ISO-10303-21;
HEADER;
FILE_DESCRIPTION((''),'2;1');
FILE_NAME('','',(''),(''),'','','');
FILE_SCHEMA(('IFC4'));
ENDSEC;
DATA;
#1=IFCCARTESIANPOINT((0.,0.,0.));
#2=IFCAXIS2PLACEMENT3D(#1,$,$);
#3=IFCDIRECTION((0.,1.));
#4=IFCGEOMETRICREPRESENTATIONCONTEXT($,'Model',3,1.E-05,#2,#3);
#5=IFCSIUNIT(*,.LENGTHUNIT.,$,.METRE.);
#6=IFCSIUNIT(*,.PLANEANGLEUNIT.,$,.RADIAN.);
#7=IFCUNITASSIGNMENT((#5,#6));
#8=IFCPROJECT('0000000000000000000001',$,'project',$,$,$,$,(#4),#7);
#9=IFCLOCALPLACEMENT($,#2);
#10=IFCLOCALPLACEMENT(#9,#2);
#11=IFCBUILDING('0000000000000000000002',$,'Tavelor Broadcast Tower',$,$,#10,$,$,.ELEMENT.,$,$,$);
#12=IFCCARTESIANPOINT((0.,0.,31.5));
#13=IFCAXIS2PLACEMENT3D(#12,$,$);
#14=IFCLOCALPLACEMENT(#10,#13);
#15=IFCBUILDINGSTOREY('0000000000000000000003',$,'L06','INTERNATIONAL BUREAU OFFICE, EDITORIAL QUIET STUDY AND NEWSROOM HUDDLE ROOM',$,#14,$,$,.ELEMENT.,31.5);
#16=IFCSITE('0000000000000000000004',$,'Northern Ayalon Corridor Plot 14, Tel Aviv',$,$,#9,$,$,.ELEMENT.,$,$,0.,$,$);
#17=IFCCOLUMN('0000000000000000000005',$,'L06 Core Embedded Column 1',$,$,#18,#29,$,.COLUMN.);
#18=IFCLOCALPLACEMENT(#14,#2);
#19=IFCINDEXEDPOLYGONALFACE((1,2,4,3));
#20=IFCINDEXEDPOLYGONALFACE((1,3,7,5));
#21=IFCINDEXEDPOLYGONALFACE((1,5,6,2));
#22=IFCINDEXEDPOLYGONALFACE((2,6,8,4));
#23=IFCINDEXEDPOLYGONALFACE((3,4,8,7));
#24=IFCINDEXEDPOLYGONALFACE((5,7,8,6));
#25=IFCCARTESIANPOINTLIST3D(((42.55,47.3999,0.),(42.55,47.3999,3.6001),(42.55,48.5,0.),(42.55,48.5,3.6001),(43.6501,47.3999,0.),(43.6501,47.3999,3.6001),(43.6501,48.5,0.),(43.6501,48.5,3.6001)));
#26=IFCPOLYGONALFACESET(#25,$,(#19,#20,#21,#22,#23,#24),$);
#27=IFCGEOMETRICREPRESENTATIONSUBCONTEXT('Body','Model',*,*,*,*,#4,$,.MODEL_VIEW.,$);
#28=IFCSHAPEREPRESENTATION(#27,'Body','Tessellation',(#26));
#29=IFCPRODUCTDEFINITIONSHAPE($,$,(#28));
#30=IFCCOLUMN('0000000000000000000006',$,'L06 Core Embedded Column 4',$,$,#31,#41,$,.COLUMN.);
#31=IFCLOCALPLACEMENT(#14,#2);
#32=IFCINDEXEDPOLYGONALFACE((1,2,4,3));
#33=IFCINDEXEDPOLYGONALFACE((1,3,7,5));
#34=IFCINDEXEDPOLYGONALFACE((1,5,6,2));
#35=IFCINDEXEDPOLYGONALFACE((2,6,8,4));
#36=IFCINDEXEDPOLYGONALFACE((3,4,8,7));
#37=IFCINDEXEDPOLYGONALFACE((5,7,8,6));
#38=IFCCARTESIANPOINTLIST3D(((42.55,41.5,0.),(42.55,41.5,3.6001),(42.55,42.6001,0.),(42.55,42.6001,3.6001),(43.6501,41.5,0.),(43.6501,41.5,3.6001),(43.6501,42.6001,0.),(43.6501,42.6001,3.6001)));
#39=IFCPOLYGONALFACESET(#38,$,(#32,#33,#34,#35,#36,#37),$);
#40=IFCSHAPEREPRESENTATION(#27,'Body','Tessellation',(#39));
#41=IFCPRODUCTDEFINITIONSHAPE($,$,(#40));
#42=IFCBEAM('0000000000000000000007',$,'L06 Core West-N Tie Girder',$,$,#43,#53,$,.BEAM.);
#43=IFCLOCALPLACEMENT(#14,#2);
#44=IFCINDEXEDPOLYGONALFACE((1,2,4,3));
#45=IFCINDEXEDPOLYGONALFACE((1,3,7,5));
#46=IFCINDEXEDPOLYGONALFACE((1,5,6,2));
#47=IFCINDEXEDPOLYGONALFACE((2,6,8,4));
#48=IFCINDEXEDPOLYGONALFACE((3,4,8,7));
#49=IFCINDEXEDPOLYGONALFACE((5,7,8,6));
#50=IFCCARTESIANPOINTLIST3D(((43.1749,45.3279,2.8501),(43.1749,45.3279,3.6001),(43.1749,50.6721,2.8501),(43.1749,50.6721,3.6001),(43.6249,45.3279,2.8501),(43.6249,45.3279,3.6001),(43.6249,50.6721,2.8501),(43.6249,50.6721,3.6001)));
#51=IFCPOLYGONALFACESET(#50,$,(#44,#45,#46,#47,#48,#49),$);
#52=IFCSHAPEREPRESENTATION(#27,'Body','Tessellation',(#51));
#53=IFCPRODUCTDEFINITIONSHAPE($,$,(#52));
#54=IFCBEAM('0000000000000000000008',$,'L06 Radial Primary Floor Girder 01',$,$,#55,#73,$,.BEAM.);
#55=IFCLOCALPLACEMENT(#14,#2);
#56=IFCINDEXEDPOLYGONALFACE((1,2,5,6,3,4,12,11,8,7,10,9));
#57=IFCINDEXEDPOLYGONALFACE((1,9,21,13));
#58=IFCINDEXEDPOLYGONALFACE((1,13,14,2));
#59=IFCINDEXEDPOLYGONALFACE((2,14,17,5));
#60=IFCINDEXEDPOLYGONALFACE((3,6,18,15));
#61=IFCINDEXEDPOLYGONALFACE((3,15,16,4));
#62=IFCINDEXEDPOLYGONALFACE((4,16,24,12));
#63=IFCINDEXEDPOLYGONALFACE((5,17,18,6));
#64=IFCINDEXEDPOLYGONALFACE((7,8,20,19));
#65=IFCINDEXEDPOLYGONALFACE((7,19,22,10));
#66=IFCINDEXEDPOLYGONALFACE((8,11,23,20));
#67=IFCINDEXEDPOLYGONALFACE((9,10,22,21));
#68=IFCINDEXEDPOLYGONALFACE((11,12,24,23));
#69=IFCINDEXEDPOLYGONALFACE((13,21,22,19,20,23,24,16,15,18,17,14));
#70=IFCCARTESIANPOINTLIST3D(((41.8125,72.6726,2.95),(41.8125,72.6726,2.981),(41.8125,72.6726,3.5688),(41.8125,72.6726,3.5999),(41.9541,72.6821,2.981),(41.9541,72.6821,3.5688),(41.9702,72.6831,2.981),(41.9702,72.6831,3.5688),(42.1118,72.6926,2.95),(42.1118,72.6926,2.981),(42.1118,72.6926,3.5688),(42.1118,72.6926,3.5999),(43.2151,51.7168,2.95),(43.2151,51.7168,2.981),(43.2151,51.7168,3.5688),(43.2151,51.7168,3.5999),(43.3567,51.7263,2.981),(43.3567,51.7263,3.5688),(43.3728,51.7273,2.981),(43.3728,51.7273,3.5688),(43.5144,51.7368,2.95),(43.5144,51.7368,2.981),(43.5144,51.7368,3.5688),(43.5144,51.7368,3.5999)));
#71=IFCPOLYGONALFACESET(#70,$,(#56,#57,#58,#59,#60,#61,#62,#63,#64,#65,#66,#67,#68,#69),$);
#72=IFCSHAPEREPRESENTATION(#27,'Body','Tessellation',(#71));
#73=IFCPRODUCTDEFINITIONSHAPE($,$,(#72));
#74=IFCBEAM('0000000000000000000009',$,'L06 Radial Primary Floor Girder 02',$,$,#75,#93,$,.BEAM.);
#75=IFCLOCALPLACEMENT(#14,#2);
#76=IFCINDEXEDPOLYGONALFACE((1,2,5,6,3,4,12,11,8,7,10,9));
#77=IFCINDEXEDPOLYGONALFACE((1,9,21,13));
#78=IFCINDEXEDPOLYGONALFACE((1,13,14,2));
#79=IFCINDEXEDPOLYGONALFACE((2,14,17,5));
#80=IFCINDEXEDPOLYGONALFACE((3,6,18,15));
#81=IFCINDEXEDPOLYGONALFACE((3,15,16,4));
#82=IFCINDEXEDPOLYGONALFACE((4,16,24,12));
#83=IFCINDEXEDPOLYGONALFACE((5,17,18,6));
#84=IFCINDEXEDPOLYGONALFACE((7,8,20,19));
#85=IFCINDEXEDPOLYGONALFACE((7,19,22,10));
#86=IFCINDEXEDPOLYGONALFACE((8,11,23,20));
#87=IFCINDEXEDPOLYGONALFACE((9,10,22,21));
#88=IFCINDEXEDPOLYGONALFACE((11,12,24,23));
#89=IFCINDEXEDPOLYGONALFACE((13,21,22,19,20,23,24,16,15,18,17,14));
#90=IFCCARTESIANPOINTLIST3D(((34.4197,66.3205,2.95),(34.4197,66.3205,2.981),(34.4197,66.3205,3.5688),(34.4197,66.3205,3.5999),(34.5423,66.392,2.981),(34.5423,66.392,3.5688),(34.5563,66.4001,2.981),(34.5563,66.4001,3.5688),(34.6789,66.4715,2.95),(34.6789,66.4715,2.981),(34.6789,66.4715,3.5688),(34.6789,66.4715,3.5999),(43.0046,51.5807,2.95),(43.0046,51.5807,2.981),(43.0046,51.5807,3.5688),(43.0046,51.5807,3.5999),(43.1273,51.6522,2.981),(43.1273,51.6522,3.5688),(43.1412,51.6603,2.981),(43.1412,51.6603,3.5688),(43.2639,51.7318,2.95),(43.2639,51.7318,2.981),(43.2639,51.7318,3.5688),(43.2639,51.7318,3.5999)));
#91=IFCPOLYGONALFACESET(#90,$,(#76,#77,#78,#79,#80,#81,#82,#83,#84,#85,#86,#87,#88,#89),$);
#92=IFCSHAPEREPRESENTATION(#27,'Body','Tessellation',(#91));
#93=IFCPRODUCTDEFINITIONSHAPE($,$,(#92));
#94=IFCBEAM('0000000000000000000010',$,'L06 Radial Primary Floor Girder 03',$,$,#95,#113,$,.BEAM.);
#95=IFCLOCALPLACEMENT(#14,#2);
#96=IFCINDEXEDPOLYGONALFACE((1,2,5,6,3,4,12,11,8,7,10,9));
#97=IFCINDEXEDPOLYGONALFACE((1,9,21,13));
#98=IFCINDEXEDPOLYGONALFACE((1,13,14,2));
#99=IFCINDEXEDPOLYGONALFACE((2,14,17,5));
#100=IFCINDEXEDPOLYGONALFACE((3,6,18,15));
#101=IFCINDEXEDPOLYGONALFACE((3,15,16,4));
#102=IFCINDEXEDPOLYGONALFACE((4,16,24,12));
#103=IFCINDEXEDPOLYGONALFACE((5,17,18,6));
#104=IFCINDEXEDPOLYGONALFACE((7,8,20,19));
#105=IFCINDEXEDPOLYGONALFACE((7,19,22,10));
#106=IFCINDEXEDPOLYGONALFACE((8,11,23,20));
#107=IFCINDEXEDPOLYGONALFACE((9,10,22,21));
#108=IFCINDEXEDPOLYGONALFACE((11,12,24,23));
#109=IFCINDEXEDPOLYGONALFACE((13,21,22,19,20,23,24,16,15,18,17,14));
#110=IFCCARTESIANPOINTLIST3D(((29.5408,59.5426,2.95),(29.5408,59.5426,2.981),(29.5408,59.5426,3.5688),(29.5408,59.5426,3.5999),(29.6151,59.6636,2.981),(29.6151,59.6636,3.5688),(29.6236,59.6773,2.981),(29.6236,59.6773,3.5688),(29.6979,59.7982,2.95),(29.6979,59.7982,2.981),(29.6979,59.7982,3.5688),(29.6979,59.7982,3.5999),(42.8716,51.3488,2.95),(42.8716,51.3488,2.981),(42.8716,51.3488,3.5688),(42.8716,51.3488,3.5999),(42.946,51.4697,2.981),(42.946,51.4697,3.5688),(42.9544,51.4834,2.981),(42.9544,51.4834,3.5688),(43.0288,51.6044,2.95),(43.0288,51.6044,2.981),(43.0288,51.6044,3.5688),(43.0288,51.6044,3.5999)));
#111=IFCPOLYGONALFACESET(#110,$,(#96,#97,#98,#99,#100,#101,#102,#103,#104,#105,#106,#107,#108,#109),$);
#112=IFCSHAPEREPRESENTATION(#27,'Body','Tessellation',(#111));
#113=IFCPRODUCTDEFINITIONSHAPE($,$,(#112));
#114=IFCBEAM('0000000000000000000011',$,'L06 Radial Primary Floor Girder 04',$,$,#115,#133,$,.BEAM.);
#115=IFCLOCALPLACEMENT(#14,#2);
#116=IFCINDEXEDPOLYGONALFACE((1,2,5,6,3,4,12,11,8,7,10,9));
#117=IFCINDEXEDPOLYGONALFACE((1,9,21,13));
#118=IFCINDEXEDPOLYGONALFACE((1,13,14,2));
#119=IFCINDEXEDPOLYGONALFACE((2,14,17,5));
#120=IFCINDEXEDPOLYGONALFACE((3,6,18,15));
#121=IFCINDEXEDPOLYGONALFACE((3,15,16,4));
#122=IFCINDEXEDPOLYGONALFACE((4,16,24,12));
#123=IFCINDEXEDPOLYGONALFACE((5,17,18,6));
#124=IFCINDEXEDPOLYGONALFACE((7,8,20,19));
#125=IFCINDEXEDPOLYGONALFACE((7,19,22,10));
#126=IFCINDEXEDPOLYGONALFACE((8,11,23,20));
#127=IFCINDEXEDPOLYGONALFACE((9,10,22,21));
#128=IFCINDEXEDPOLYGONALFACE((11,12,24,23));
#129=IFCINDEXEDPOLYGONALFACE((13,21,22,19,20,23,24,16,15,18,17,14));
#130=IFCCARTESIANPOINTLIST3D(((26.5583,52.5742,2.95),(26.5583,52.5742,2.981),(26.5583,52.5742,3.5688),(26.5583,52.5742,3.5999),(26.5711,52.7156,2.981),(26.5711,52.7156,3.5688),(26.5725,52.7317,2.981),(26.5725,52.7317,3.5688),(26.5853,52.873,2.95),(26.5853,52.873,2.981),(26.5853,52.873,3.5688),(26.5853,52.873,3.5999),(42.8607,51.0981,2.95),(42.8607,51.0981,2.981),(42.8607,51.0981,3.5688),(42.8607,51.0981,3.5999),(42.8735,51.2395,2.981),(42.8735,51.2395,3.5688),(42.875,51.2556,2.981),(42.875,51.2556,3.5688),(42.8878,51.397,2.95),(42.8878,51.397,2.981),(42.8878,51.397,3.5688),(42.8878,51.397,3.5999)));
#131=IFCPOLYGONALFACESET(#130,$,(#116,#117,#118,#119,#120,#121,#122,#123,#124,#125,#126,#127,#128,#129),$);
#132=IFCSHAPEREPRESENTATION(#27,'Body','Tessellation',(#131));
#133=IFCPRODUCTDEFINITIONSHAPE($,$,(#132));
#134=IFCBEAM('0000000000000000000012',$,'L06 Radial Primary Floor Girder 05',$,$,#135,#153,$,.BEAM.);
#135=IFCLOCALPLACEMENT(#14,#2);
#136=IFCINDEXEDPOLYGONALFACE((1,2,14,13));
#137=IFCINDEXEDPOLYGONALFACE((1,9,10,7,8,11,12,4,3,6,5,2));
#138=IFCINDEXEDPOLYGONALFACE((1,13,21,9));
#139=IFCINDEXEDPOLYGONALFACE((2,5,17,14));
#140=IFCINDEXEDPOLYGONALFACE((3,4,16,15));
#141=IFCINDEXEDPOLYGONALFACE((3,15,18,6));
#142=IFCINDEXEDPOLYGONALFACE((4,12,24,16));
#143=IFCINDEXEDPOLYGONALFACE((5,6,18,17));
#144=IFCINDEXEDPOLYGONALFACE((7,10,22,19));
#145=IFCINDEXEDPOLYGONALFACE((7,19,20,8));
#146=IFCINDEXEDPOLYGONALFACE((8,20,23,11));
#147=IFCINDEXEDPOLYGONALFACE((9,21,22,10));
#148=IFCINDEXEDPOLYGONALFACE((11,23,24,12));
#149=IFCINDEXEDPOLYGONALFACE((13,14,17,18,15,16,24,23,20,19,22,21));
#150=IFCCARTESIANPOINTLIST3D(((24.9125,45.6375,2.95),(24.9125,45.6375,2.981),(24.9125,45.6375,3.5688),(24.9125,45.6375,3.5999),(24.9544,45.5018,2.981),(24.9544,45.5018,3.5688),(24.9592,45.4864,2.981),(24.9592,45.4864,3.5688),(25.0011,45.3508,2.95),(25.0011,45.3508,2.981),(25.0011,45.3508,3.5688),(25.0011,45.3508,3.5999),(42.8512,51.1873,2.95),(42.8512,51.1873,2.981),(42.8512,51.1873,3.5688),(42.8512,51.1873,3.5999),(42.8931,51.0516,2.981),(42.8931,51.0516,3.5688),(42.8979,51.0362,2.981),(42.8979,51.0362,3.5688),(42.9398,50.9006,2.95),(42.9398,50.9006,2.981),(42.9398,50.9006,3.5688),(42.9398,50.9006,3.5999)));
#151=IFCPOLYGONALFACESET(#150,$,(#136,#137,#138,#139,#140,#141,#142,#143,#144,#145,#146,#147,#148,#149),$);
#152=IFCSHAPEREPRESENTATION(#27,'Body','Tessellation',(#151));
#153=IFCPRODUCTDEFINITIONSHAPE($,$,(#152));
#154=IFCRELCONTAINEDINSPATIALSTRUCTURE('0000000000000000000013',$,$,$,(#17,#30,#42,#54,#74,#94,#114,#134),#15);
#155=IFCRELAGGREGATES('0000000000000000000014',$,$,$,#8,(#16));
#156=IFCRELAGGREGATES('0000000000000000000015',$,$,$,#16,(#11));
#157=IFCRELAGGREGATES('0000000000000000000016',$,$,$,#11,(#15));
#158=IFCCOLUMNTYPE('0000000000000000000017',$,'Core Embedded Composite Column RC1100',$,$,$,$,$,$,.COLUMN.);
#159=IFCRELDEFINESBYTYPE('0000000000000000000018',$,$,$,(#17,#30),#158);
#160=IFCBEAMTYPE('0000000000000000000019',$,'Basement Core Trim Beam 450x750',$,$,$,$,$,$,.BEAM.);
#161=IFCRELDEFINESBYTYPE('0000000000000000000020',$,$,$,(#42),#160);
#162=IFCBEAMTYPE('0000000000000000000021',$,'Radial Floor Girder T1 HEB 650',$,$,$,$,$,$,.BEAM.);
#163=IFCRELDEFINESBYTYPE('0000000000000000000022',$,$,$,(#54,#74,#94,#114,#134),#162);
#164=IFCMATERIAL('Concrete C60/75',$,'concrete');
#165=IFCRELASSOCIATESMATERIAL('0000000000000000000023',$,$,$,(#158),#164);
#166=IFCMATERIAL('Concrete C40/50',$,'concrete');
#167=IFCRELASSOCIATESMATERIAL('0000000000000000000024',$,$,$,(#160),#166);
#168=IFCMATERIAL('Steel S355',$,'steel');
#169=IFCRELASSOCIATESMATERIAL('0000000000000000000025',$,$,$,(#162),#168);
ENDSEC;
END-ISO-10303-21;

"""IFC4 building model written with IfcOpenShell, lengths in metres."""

from ifc_helpers import new_model, si_unit, direction, frame, origin, origin_2d, place, context, subcontext, project, spatial, rectangle, i_section, extrude, material, material_profile, profile_set, type_object, element, save


model = new_model("IFC4")

# Units and contexts
model_context = context("Model", 3, precision=1e-05, world=origin(), true_north=direction((0.0, 1.0)))
body_context = subcontext(model_context, "Body", "Model", "MODEL_VIEW")
ifc_project = project(units=[si_unit("LENGTHUNIT", "METRE"), si_unit("PLANEANGLEUNIT", "RADIAN")], contexts=[model_context])

# Site, building, storey
site_placement = place(None, origin())
site = spatial("IfcSite", under=ifc_project, at=site_placement, Name="Northern Ayalon Corridor Plot 14, Tel Aviv", CompositionType="ELEMENT", RefElevation=0.0)
building_placement = place(site_placement, origin())
building = spatial("IfcBuilding", under=site, at=building_placement, Name="Tavelor Broadcast Tower", CompositionType="ELEMENT")
storey_placement = place(building_placement, frame((0.0, 0.0, 31.5)))
storey = spatial("IfcBuildingStorey", under=building, at=storey_placement, Name="L06", Description="INTERNATIONAL BUREAU OFFICE, EDITORIAL QUIET STUDY AND NEWSROOM HUDDLE ROOM", CompositionType="ELEMENT", Elevation=31.5)

# Columns
ifc_material_1 = material(Name="Concrete C60/75", Category="concrete")
ifc_material_profile_1 = material_profile(ifc_material_1, rectangle(XDim=1.1001, YDim=1.1001, at=origin_2d()), Name="RC 1100x1100")
ifc_profile_set_1 = profile_set([ifc_material_profile_1], Name="Concrete C60/75")
column_type = type_object("IfcColumnType", Name="Core Embedded Composite Column RC1100", PredefinedType="COLUMN", material=ifc_profile_set_1)
for number, where, z_axis, x_axis, name in (
    (1, (43.1001, 47.95, 0.0), (0.0, 0.0, 1.0), (1.0, 0.0, 0.0), "L06 Core Embedded Column 1"),
    (2, (43.1001, 42.05, 0.0), (0.0, 0.0, 1.0), (1.0, 0.0, 0.0), "L06 Core Embedded Column 4"),
):
    element("IfcColumn", number, at=place(storey_placement, frame(where, z_axis=z_axis, x_axis=x_axis)), inside=storey, type_object=column_type, Name=name, PredefinedType="COLUMN", context=body_context, shape_type="SweptSolid", body=[
        extrude(rectangle(XDim=1.1001, YDim=1.1001, at=origin_2d()), origin(), (0.0, 0.0, 1.0), 3.6001),
    ])

# Beams
ifc_material_2 = material(Name="Concrete C40/50", Category="concrete")
ifc_material_profile_2 = material_profile(ifc_material_2, rectangle(XDim=0.45, YDim=0.75, at=origin_2d()), Name="RC 450x750")
ifc_profile_set_2 = profile_set([ifc_material_profile_2], Name="Concrete C40/50")
beam_type_1 = type_object("IfcBeamType", Name="Basement Core Trim Beam 450x750", PredefinedType="BEAM", material=ifc_profile_set_2)
beam_1_placement = place(storey_placement, frame((43.3999, 45.3279, 3.2251), z_axis=(0.0, 1.0, 0.0), x_axis=(-1.0, 0.0, 0.0)))
element("IfcBeam", 3, at=beam_1_placement, inside=storey, type_object=beam_type_1, Name="L06 Core West-N Tie Girder", PredefinedType="BEAM", context=body_context, shape_type="SweptSolid", body=[
    extrude(rectangle(XDim=0.45, YDim=0.75, at=origin_2d()), origin(), (0.0, 0.0, 1.0), 5.3442),
])
ifc_material_3 = material(Name="Steel S355", Category="steel")
ifc_material_profile_3 = material_profile(ifc_material_3, i_section(OverallWidth=0.3, OverallDepth=0.6499, WebThickness=0.0161, FlangeThickness=0.031, at=origin_2d()), Name="HEB 650")
ifc_profile_set_3 = profile_set([ifc_material_profile_3], Name="Steel S355")
beam_type_2 = type_object("IfcBeamType", Name="Radial Floor Girder T1 HEB 650", PredefinedType="BEAM", material=ifc_profile_set_3)
beam_2_placement = place(storey_placement, frame((43.3647, 51.7268, 3.2749), z_axis=(-0.066781, 0.997768, 0.0), x_axis=(-0.997768, -0.066781, 0.0)))
element("IfcBeam", 4, at=beam_2_placement, inside=storey, type_object=beam_type_2, Name="L06 Radial Primary Floor Girder 01", PredefinedType="BEAM", context=body_context, shape_type="SweptSolid", body=[
    extrude(i_section(OverallWidth=0.3, OverallDepth=0.6499, WebThickness=0.0161, FlangeThickness=0.031, at=origin_2d()), origin(), (0.0, 0.0, 1.0), 21.0027),
])
beam_3_placement = place(storey_placement, frame((43.1343, 51.6562, 3.2749), z_axis=(-0.503292, 0.864116, 0.0), x_axis=(-0.864116, -0.503292, 0.0)))
element("IfcBeam", 5, at=beam_3_placement, inside=storey, type_object=beam_type_2, Name="L06 Radial Primary Floor Girder 02", PredefinedType="BEAM", context=body_context, shape_type="SweptSolid", body=[
    extrude(i_section(OverallWidth=0.3, OverallDepth=0.6499, WebThickness=0.0161, FlangeThickness=0.031, at=origin_2d()), origin(), (0.0, 0.0, 1.0), 17.0576),
])
beam_4_placement = place(storey_placement, frame((42.9502, 51.4766, 3.2749), z_axis=(-0.851936, 0.523646, 0.0), x_axis=(-0.523646, -0.851936, 0.0)))
element("IfcBeam", 6, at=beam_4_placement, inside=storey, type_object=beam_type_2, Name="L06 Radial Primary Floor Girder 03", PredefinedType="BEAM", context=body_context, shape_type="SweptSolid", body=[
    extrude(i_section(OverallWidth=0.3, OverallDepth=0.6499, WebThickness=0.0161, FlangeThickness=0.031, at=origin_2d()), origin(), (0.0, 0.0, 1.0), 15.6477),
])
beam_5_placement = place(storey_placement, frame((42.8743, 51.2476, 3.2749), z_axis=(-0.995926, 0.090174, 0.0), x_axis=(-0.090174, -0.995926, 0.0)))
element("IfcBeam", 7, at=beam_5_placement, inside=storey, type_object=beam_type_2, Name="L06 Radial Primary Floor Girder 04", PredefinedType="BEAM", context=body_context, shape_type="SweptSolid", body=[
    extrude(i_section(OverallWidth=0.3, OverallDepth=0.6499, WebThickness=0.0161, FlangeThickness=0.031, at=origin_2d()), origin(), (0.0, 0.0, 1.0), 16.3691),
])
beam_6_placement = place(storey_placement, frame((42.8955, 51.0439, 3.2749), z_axis=(-0.955326, -0.295555, 0.0), x_axis=(0.295555, -0.955326, 0.0)))
element("IfcBeam", 8, at=beam_6_placement, inside=storey, type_object=beam_type_2, Name="L06 Radial Primary Floor Girder 05", PredefinedType="BEAM", context=body_context, shape_type="SweptSolid", body=[
    extrude(i_section(OverallWidth=0.3, OverallDepth=0.6499, WebThickness=0.0161, FlangeThickness=0.031, at=origin_2d()), origin(), (0.0, 0.0, 1.0), 18.7776),
])

save(model, "model.ifc")
